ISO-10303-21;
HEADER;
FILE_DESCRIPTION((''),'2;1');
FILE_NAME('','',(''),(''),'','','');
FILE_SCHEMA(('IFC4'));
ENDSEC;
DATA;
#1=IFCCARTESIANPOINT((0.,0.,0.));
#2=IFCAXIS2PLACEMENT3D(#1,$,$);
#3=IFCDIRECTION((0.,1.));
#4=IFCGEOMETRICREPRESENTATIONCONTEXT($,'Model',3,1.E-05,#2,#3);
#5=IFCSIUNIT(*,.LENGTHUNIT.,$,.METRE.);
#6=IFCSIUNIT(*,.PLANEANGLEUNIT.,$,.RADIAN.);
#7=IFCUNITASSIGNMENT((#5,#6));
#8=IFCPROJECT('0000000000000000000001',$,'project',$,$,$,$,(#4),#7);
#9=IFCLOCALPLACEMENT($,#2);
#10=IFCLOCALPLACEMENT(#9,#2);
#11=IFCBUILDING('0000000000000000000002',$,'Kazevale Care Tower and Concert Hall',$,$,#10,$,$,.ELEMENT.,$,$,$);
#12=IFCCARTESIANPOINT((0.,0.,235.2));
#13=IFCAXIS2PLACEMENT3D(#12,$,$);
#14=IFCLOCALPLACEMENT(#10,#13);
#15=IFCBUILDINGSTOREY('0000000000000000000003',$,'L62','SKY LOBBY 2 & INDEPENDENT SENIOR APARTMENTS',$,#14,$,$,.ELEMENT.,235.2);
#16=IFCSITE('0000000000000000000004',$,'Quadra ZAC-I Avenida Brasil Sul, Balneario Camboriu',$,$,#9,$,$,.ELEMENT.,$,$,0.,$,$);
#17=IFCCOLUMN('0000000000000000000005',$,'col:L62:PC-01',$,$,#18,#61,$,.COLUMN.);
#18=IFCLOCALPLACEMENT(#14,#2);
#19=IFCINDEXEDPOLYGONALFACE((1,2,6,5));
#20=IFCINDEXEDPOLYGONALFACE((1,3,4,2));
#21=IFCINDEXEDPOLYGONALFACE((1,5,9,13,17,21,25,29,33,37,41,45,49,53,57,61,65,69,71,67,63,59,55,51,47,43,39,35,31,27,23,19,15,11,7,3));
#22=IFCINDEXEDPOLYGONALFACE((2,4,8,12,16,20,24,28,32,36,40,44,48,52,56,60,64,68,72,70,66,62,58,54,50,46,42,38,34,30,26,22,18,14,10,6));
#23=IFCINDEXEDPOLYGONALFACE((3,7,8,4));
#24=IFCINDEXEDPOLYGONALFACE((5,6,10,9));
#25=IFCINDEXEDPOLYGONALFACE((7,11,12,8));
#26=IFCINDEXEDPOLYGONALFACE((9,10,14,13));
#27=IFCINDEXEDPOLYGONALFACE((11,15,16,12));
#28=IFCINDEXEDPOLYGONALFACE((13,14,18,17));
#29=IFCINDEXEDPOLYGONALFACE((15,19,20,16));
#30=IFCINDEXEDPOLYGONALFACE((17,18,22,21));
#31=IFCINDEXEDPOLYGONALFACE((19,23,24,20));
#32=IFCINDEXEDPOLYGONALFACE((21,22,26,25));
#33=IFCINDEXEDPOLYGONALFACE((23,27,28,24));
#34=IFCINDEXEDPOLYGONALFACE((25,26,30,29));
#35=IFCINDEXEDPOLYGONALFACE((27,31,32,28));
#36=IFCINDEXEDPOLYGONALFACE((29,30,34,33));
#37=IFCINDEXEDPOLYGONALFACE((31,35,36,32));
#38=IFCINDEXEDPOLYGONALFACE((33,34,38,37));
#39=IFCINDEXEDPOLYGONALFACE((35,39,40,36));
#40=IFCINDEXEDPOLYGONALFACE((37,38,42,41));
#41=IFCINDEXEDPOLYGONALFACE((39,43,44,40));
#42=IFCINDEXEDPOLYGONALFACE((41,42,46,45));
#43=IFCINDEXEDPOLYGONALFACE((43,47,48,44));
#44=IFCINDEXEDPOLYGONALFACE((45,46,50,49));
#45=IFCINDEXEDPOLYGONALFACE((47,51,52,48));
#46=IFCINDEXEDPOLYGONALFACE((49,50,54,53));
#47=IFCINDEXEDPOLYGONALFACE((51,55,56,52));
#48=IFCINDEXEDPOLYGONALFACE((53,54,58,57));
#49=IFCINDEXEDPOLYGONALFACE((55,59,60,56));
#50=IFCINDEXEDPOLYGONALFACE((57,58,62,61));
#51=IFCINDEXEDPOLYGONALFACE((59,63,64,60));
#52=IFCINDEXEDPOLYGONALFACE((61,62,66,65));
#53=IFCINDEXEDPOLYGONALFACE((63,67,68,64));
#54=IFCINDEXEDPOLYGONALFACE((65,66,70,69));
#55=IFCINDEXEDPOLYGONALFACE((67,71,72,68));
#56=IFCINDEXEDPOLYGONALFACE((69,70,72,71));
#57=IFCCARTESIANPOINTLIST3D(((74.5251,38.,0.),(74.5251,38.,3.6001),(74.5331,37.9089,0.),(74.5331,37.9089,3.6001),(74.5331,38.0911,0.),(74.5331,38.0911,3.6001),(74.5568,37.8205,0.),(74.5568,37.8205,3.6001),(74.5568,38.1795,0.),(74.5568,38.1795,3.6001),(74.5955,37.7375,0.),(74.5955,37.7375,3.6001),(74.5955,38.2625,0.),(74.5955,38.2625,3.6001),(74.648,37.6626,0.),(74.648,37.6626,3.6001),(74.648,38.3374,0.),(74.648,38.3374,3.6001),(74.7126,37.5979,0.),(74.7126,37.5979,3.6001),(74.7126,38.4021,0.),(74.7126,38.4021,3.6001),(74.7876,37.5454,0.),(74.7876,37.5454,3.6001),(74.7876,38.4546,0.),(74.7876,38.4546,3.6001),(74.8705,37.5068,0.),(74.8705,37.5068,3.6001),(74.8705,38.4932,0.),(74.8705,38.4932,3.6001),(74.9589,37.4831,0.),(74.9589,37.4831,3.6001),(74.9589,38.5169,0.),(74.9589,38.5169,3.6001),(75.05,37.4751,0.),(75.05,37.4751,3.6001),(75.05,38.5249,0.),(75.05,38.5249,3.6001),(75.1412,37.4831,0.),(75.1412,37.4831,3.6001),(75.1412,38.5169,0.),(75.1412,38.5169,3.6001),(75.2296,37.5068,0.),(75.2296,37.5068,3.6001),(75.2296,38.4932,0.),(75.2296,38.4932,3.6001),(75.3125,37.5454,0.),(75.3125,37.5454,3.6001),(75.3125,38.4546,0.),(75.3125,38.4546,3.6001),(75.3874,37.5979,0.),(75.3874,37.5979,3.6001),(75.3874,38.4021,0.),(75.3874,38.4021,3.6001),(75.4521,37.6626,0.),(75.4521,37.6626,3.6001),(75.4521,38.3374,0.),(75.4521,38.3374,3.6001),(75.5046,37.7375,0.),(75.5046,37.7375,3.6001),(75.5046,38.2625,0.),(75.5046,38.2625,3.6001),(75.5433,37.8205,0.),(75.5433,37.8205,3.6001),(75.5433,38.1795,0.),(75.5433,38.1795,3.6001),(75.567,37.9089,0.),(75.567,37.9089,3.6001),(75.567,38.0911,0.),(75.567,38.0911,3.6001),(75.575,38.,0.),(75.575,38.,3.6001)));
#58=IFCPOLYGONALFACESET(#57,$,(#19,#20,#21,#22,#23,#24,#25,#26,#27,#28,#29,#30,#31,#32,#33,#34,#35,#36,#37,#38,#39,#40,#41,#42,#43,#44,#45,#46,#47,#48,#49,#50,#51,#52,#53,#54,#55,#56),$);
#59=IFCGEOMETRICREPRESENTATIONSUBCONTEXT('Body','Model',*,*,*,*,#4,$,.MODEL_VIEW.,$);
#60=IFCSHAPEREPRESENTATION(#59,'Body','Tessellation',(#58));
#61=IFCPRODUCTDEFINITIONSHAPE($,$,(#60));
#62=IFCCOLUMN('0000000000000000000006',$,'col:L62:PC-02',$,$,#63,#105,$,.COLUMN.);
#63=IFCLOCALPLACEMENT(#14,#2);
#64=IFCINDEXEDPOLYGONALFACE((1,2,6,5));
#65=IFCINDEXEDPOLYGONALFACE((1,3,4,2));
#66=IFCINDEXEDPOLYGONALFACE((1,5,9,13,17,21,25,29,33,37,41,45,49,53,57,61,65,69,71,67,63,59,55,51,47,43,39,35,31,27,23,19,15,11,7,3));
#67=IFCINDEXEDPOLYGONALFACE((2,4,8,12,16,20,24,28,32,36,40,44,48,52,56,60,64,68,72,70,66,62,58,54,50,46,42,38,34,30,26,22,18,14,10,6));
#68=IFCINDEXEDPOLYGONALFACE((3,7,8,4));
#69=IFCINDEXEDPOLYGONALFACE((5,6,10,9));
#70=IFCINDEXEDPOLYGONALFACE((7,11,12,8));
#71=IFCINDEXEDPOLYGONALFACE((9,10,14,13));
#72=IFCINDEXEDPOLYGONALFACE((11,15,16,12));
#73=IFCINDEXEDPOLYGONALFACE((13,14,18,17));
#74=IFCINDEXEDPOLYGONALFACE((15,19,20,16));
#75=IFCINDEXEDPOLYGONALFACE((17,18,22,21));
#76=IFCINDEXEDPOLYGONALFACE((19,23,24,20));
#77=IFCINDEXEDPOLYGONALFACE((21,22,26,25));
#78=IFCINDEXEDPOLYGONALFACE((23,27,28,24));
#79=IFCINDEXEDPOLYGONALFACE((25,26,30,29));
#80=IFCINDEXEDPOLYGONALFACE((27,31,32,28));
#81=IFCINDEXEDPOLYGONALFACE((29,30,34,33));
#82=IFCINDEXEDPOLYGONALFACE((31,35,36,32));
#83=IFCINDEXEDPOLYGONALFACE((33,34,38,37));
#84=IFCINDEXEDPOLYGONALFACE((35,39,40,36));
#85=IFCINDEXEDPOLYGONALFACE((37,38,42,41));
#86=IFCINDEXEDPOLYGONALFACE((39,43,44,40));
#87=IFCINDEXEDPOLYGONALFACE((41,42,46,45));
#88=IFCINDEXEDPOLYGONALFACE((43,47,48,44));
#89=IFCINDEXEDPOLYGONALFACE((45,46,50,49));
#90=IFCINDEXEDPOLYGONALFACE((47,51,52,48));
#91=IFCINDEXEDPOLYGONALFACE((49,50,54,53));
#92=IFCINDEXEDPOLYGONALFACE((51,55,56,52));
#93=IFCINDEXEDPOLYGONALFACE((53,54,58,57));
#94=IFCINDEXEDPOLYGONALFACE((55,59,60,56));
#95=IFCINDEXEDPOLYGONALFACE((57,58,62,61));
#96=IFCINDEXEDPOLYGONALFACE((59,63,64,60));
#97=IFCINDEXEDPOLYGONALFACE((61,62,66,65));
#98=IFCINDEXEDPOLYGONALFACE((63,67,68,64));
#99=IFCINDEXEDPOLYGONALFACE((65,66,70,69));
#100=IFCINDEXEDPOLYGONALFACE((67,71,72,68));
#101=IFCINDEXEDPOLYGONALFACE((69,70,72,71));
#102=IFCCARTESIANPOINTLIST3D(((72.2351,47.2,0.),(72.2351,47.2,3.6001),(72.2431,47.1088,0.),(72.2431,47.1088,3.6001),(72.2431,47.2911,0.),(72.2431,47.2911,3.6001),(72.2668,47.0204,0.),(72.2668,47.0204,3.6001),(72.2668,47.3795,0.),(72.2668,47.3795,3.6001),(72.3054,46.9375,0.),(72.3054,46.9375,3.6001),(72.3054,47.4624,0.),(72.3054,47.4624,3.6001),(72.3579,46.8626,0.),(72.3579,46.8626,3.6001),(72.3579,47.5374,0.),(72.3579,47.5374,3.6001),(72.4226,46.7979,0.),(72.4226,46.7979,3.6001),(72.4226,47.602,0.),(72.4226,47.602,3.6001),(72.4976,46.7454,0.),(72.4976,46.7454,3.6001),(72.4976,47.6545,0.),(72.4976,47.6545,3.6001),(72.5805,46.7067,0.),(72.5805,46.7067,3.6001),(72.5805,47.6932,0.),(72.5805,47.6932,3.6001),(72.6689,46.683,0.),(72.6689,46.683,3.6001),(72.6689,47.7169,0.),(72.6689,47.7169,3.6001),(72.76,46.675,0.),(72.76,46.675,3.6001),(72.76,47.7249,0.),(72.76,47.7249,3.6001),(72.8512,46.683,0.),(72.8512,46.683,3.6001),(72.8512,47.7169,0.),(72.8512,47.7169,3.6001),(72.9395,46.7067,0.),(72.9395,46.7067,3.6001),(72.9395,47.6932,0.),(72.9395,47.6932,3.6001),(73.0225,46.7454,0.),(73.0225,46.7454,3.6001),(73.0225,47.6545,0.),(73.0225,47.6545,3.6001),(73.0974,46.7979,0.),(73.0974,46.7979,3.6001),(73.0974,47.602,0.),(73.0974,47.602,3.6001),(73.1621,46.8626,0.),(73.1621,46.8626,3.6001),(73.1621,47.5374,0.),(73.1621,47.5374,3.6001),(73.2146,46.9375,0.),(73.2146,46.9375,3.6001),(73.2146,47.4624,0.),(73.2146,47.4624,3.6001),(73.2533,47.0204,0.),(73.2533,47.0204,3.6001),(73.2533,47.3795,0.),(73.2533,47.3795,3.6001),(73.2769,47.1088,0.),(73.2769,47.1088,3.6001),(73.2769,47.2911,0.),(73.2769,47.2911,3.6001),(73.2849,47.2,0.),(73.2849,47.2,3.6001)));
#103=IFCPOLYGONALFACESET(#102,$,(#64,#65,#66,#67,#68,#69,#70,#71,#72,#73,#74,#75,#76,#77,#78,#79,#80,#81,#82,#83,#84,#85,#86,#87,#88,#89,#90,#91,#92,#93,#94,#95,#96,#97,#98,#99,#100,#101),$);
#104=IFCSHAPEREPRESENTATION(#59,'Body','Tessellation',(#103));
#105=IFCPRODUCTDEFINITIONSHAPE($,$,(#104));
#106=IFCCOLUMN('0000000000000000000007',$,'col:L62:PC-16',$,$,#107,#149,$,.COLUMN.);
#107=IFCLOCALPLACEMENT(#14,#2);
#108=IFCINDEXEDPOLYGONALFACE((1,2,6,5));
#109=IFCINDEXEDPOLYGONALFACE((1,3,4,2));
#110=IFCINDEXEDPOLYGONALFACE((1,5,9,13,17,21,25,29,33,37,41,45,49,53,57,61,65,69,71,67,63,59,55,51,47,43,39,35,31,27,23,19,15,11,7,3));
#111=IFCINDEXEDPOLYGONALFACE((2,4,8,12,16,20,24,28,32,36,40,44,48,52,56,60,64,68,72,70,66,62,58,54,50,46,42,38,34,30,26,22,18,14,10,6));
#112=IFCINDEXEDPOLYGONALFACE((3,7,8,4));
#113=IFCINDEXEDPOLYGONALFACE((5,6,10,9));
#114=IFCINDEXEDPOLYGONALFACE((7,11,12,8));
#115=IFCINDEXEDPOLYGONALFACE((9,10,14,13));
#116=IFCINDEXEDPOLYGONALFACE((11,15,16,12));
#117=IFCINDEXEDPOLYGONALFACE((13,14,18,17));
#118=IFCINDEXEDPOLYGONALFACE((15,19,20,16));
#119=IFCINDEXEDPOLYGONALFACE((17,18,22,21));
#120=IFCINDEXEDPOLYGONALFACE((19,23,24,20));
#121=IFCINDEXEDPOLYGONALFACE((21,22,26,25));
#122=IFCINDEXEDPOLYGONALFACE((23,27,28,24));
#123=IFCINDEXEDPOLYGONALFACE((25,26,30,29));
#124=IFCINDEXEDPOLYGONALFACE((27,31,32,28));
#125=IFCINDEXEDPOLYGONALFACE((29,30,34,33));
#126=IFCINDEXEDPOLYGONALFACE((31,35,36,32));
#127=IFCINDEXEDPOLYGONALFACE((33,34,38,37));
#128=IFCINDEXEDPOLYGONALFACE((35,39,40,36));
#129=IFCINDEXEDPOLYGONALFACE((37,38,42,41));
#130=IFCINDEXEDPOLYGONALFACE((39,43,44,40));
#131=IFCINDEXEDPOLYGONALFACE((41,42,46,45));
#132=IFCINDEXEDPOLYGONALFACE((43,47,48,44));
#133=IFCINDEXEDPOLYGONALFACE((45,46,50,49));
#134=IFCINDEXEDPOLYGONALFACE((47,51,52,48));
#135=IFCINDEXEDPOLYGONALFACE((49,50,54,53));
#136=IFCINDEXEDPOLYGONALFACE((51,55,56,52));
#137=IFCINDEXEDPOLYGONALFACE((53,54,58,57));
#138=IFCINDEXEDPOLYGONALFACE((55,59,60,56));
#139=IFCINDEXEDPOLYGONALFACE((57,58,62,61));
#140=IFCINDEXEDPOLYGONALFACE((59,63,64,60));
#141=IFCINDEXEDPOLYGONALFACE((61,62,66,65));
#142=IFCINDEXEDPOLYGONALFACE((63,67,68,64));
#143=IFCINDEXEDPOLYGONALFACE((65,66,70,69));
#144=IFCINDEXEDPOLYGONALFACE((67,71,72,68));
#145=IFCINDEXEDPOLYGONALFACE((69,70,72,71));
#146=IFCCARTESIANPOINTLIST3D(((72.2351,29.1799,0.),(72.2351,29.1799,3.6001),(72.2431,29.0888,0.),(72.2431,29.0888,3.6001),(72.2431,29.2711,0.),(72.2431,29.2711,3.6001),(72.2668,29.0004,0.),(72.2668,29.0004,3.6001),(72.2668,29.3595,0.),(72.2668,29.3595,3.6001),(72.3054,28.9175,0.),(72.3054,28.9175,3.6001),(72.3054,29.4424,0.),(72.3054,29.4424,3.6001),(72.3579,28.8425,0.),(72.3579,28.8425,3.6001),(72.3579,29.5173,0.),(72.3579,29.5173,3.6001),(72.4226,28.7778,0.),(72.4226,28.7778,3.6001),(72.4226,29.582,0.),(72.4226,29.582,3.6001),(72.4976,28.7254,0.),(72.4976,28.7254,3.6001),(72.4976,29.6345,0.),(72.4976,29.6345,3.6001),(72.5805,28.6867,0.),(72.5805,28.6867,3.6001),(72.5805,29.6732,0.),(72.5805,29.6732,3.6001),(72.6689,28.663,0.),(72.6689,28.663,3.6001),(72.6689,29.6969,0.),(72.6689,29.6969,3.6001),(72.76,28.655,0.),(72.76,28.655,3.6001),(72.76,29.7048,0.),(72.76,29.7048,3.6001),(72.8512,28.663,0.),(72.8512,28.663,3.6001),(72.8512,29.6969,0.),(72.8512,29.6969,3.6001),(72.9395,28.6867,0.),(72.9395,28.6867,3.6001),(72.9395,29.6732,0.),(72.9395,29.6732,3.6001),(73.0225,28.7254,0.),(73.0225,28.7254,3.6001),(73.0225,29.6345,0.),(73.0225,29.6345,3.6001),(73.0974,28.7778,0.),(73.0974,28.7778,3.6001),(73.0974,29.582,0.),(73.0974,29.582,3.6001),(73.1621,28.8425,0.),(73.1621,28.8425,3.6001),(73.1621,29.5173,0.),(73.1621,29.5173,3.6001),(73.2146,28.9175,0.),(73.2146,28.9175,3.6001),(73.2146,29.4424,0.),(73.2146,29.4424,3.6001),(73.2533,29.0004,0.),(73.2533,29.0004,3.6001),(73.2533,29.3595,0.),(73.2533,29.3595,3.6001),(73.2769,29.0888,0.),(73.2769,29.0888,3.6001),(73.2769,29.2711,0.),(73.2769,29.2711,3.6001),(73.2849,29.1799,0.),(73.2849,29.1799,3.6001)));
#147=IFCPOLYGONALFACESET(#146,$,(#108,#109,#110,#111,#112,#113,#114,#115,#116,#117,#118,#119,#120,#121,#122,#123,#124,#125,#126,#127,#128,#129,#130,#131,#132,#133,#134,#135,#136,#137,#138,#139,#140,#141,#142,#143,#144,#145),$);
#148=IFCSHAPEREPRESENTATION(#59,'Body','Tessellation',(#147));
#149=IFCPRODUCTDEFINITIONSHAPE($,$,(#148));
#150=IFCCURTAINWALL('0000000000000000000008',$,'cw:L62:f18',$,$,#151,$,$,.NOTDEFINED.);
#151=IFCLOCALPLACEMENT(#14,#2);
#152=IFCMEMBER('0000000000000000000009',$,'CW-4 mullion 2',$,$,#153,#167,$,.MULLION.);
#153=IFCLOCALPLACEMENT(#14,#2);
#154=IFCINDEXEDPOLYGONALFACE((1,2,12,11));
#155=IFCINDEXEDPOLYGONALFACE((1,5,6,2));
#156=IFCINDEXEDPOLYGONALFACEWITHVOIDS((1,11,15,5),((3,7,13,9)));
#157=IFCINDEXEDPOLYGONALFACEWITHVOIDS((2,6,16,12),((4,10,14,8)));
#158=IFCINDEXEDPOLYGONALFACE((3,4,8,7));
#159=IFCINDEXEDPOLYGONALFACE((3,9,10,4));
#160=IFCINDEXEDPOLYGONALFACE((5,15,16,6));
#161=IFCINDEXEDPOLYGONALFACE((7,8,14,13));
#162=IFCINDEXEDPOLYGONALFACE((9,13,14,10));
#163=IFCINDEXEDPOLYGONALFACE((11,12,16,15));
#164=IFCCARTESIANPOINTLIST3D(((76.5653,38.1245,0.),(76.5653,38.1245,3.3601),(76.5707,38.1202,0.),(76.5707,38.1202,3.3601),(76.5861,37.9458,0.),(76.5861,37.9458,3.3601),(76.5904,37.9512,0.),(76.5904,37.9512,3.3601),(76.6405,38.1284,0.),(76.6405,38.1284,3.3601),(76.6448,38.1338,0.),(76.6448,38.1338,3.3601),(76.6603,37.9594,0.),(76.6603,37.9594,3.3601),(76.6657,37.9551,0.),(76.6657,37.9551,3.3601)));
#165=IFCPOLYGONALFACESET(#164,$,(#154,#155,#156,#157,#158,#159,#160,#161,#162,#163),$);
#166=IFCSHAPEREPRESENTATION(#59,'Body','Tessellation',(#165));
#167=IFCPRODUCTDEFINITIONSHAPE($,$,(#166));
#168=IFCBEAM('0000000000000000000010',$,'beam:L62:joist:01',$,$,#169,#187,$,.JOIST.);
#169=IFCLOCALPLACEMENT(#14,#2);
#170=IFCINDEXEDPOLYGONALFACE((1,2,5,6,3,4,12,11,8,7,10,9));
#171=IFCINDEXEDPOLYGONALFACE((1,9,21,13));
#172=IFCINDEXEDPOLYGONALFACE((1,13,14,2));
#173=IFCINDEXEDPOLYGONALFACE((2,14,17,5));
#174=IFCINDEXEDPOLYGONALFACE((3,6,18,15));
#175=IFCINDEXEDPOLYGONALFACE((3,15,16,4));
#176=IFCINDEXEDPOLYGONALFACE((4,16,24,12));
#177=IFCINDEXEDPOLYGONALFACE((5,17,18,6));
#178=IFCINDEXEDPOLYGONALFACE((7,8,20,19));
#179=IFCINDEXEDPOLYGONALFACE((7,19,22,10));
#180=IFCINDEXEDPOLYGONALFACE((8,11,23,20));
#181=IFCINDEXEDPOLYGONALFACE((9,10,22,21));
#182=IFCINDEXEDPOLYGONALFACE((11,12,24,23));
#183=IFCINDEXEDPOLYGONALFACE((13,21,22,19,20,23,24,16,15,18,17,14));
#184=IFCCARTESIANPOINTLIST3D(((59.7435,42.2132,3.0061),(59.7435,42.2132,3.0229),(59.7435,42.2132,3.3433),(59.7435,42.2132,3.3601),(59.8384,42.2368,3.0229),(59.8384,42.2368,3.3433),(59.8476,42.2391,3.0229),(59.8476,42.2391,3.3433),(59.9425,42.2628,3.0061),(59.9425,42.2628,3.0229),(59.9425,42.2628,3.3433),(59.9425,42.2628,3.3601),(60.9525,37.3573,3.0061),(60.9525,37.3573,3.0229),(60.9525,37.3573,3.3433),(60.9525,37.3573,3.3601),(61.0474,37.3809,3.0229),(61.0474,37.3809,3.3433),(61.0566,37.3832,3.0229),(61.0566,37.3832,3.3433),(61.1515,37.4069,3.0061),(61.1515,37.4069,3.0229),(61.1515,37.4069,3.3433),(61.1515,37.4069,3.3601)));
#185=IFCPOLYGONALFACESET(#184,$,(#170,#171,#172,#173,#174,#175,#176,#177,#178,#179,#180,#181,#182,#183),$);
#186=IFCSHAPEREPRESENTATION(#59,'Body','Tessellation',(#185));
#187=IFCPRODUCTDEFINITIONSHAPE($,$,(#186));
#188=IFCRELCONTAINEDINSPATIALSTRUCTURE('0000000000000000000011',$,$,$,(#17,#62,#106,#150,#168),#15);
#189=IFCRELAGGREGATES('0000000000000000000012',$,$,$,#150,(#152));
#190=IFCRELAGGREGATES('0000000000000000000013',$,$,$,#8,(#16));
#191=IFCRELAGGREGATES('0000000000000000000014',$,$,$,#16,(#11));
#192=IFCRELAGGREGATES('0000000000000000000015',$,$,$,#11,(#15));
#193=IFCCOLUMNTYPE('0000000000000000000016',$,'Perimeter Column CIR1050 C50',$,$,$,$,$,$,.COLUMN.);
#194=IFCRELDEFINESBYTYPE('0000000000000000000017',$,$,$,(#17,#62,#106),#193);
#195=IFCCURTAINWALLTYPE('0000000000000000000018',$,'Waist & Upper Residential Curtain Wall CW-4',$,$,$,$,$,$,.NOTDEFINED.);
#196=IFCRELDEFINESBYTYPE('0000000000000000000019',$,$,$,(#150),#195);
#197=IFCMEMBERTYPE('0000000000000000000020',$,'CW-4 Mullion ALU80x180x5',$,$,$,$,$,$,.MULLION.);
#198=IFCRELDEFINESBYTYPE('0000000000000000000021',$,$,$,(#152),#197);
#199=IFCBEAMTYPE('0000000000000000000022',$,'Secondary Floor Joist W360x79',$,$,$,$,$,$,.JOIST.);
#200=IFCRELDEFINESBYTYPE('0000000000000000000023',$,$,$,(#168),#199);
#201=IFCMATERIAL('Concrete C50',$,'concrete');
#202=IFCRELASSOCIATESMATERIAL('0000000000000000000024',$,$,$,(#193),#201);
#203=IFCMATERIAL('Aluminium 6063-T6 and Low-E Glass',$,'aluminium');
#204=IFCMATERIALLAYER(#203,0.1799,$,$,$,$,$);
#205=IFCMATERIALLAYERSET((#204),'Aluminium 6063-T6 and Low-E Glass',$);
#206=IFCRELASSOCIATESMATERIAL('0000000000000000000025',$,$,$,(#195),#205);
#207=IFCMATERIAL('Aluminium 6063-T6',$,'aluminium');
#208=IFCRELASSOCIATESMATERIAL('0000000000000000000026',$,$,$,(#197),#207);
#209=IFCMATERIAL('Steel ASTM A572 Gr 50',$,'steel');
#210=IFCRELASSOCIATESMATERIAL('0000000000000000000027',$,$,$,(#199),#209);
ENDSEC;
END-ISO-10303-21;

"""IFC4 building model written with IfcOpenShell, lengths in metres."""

from ifc_helpers import new_model, si_unit, direction, frame, origin, origin_2d, place, context, subcontext, project, spatial, hollow_rectangle, circle, i_section, extrude, material, layer, layer_set, material_profile, profile_set, type_object, element, aggregate, save


model = new_model("IFC4")

# Units and contexts
model_context = context("Model", 3, precision=1e-05, world=origin(), true_north=direction((0.0, 1.0)))
body_context = subcontext(model_context, "Body", "Model", "MODEL_VIEW")
ifc_project = project(units=[si_unit("LENGTHUNIT", "METRE"), si_unit("PLANEANGLEUNIT", "RADIAN")], contexts=[model_context])

# Site, building, storey
site_placement = place(None, origin())
site = spatial("IfcSite", under=ifc_project, at=site_placement, Name="Quadra ZAC-I Avenida Brasil Sul, Balneario Camboriu", CompositionType="ELEMENT", RefElevation=0.0)
building_placement = place(site_placement, origin())
building = spatial("IfcBuilding", under=site, at=building_placement, Name="Kazevale Care Tower and Concert Hall", CompositionType="ELEMENT")
storey_placement = place(building_placement, frame((0.0, 0.0, 235.2)))
storey = spatial("IfcBuildingStorey", under=building, at=storey_placement, Name="L62", Description="SKY LOBBY 2 & INDEPENDENT SENIOR APARTMENTS", CompositionType="ELEMENT", Elevation=235.2)

# Columns
ifc_material_1 = material(Name="Concrete C50", Category="concrete")
ifc_material_profile_1 = material_profile(ifc_material_1, circle(Radius=0.5249, at=origin_2d()), Name="RC-CIR1050")
ifc_profile_set_1 = profile_set([ifc_material_profile_1], Name="Concrete C50")
column_type = type_object("IfcColumnType", Name="Perimeter Column CIR1050 C50", PredefinedType="COLUMN", material=ifc_profile_set_1)
for number, where, z_axis, x_axis, name in (
    (1, (75.05, 38.0, 0.0), (0.0, 0.0, 1.0), (1.0, 0.0, 0.0), "col:L62:PC-01"),
    (2, (72.76, 47.2, 0.0), (0.0, 0.0, 1.0), (1.0, 0.0, 0.0), "col:L62:PC-02"),
    (3, (72.76, 29.1799, 0.0), (0.0, 0.0, 1.0), (1.0, 0.0, 0.0), "col:L62:PC-16"),
):
    element("IfcColumn", number, at=place(storey_placement, frame(where, z_axis=z_axis, x_axis=x_axis)), inside=storey, type_object=column_type, Name=name, PredefinedType="COLUMN", context=body_context, shape_type="SweptSolid", body=[
        extrude(circle(Radius=0.5249, at=origin_2d()), origin(), (0.0, 0.0, 1.0), 3.6001),
    ])

# Curtain wall, member
ifc_material_2 = material(Name="Aluminium 6063-T6 and Low-E Glass", Category="aluminium")
ifc_layer_1 = layer(ifc_material_2, 0.1799)
ifc_layer_set_1 = layer_set([ifc_layer_1], Name="Aluminium 6063-T6 and Low-E Glass")
curtain_wall_type = type_object("IfcCurtainWallType", Name="Waist & Upper Residential Curtain Wall CW-4", PredefinedType="NOTDEFINED", material=ifc_layer_set_1)
curtain_wall_placement = place(storey_placement, origin())
curtain_wall = element("IfcCurtainWall", 4, at=curtain_wall_placement, inside=storey, type_object=curtain_wall_type, Name="cw:L62:f18", PredefinedType="NOTDEFINED")
ifc_material_3 = material(Name="Aluminium 6063-T6", Category="aluminium")
ifc_material_profile_2 = material_profile(ifc_material_3, hollow_rectangle(XDim=0.0801, YDim=0.1799, WallThickness=0.0049, at=origin_2d()), Name="ALU80x180x5")
ifc_profile_set_2 = profile_set([ifc_material_profile_2], Name="Aluminium 6063-T6")
member_type = type_object("IfcMemberType", Name="CW-4 Mullion ALU80x180x5", PredefinedType="MULLION", material=ifc_profile_set_2)
member_placement = place(storey_placement, frame((76.6155, 38.0398, 0.0), z_axis=(0.0, 0.0, 1.0), x_axis=(0.993267, 0.115847, 0.0)))
member = element("IfcMember", 5, at=member_placement, type_object=member_type, Name="CW-4 mullion 2", PredefinedType="MULLION", context=body_context, shape_type="SweptSolid", body=[
    extrude(hollow_rectangle(XDim=0.0801, YDim=0.1799, WallThickness=0.0049, at=origin_2d()), origin(), (0.0, 0.0, 1.0), 3.3601),
])

# Beam
ifc_material_4 = material(Name="Steel ASTM A572 Gr 50", Category="steel")
ifc_material_profile_3 = material_profile(ifc_material_4, i_section(OverallWidth=0.2051, OverallDepth=0.354, WebThickness=0.0095, FlangeThickness=0.0168, at=origin_2d()), Name="W360x79")
ifc_profile_set_3 = profile_set([ifc_material_profile_3], Name="Steel ASTM A572 Gr 50")
beam_type_1 = type_object("IfcBeamType", Name="Secondary Floor Joist W360x79", PredefinedType="JOIST", material=ifc_profile_set_3)
beam_1_placement = place(storey_placement, frame((61.052, 37.3821, 3.1831), z_axis=(-0.241594, 0.970377, 0.0), x_axis=(-0.970377, -0.241594, 0.0)))
element("IfcBeam", 6, at=beam_1_placement, inside=storey, type_object=beam_type_1, Name="beam:L62:joist:01", PredefinedType="JOIST", context=body_context, shape_type="SweptSolid", body=[
    extrude(i_section(OverallWidth=0.2051, OverallDepth=0.354, WebThickness=0.0095, FlangeThickness=0.0168, at=origin_2d()), origin(), (0.0, 0.0, 1.0), 5.0042),
])

aggregate(curtain_wall, [member])

save(model, "model.ifc")
